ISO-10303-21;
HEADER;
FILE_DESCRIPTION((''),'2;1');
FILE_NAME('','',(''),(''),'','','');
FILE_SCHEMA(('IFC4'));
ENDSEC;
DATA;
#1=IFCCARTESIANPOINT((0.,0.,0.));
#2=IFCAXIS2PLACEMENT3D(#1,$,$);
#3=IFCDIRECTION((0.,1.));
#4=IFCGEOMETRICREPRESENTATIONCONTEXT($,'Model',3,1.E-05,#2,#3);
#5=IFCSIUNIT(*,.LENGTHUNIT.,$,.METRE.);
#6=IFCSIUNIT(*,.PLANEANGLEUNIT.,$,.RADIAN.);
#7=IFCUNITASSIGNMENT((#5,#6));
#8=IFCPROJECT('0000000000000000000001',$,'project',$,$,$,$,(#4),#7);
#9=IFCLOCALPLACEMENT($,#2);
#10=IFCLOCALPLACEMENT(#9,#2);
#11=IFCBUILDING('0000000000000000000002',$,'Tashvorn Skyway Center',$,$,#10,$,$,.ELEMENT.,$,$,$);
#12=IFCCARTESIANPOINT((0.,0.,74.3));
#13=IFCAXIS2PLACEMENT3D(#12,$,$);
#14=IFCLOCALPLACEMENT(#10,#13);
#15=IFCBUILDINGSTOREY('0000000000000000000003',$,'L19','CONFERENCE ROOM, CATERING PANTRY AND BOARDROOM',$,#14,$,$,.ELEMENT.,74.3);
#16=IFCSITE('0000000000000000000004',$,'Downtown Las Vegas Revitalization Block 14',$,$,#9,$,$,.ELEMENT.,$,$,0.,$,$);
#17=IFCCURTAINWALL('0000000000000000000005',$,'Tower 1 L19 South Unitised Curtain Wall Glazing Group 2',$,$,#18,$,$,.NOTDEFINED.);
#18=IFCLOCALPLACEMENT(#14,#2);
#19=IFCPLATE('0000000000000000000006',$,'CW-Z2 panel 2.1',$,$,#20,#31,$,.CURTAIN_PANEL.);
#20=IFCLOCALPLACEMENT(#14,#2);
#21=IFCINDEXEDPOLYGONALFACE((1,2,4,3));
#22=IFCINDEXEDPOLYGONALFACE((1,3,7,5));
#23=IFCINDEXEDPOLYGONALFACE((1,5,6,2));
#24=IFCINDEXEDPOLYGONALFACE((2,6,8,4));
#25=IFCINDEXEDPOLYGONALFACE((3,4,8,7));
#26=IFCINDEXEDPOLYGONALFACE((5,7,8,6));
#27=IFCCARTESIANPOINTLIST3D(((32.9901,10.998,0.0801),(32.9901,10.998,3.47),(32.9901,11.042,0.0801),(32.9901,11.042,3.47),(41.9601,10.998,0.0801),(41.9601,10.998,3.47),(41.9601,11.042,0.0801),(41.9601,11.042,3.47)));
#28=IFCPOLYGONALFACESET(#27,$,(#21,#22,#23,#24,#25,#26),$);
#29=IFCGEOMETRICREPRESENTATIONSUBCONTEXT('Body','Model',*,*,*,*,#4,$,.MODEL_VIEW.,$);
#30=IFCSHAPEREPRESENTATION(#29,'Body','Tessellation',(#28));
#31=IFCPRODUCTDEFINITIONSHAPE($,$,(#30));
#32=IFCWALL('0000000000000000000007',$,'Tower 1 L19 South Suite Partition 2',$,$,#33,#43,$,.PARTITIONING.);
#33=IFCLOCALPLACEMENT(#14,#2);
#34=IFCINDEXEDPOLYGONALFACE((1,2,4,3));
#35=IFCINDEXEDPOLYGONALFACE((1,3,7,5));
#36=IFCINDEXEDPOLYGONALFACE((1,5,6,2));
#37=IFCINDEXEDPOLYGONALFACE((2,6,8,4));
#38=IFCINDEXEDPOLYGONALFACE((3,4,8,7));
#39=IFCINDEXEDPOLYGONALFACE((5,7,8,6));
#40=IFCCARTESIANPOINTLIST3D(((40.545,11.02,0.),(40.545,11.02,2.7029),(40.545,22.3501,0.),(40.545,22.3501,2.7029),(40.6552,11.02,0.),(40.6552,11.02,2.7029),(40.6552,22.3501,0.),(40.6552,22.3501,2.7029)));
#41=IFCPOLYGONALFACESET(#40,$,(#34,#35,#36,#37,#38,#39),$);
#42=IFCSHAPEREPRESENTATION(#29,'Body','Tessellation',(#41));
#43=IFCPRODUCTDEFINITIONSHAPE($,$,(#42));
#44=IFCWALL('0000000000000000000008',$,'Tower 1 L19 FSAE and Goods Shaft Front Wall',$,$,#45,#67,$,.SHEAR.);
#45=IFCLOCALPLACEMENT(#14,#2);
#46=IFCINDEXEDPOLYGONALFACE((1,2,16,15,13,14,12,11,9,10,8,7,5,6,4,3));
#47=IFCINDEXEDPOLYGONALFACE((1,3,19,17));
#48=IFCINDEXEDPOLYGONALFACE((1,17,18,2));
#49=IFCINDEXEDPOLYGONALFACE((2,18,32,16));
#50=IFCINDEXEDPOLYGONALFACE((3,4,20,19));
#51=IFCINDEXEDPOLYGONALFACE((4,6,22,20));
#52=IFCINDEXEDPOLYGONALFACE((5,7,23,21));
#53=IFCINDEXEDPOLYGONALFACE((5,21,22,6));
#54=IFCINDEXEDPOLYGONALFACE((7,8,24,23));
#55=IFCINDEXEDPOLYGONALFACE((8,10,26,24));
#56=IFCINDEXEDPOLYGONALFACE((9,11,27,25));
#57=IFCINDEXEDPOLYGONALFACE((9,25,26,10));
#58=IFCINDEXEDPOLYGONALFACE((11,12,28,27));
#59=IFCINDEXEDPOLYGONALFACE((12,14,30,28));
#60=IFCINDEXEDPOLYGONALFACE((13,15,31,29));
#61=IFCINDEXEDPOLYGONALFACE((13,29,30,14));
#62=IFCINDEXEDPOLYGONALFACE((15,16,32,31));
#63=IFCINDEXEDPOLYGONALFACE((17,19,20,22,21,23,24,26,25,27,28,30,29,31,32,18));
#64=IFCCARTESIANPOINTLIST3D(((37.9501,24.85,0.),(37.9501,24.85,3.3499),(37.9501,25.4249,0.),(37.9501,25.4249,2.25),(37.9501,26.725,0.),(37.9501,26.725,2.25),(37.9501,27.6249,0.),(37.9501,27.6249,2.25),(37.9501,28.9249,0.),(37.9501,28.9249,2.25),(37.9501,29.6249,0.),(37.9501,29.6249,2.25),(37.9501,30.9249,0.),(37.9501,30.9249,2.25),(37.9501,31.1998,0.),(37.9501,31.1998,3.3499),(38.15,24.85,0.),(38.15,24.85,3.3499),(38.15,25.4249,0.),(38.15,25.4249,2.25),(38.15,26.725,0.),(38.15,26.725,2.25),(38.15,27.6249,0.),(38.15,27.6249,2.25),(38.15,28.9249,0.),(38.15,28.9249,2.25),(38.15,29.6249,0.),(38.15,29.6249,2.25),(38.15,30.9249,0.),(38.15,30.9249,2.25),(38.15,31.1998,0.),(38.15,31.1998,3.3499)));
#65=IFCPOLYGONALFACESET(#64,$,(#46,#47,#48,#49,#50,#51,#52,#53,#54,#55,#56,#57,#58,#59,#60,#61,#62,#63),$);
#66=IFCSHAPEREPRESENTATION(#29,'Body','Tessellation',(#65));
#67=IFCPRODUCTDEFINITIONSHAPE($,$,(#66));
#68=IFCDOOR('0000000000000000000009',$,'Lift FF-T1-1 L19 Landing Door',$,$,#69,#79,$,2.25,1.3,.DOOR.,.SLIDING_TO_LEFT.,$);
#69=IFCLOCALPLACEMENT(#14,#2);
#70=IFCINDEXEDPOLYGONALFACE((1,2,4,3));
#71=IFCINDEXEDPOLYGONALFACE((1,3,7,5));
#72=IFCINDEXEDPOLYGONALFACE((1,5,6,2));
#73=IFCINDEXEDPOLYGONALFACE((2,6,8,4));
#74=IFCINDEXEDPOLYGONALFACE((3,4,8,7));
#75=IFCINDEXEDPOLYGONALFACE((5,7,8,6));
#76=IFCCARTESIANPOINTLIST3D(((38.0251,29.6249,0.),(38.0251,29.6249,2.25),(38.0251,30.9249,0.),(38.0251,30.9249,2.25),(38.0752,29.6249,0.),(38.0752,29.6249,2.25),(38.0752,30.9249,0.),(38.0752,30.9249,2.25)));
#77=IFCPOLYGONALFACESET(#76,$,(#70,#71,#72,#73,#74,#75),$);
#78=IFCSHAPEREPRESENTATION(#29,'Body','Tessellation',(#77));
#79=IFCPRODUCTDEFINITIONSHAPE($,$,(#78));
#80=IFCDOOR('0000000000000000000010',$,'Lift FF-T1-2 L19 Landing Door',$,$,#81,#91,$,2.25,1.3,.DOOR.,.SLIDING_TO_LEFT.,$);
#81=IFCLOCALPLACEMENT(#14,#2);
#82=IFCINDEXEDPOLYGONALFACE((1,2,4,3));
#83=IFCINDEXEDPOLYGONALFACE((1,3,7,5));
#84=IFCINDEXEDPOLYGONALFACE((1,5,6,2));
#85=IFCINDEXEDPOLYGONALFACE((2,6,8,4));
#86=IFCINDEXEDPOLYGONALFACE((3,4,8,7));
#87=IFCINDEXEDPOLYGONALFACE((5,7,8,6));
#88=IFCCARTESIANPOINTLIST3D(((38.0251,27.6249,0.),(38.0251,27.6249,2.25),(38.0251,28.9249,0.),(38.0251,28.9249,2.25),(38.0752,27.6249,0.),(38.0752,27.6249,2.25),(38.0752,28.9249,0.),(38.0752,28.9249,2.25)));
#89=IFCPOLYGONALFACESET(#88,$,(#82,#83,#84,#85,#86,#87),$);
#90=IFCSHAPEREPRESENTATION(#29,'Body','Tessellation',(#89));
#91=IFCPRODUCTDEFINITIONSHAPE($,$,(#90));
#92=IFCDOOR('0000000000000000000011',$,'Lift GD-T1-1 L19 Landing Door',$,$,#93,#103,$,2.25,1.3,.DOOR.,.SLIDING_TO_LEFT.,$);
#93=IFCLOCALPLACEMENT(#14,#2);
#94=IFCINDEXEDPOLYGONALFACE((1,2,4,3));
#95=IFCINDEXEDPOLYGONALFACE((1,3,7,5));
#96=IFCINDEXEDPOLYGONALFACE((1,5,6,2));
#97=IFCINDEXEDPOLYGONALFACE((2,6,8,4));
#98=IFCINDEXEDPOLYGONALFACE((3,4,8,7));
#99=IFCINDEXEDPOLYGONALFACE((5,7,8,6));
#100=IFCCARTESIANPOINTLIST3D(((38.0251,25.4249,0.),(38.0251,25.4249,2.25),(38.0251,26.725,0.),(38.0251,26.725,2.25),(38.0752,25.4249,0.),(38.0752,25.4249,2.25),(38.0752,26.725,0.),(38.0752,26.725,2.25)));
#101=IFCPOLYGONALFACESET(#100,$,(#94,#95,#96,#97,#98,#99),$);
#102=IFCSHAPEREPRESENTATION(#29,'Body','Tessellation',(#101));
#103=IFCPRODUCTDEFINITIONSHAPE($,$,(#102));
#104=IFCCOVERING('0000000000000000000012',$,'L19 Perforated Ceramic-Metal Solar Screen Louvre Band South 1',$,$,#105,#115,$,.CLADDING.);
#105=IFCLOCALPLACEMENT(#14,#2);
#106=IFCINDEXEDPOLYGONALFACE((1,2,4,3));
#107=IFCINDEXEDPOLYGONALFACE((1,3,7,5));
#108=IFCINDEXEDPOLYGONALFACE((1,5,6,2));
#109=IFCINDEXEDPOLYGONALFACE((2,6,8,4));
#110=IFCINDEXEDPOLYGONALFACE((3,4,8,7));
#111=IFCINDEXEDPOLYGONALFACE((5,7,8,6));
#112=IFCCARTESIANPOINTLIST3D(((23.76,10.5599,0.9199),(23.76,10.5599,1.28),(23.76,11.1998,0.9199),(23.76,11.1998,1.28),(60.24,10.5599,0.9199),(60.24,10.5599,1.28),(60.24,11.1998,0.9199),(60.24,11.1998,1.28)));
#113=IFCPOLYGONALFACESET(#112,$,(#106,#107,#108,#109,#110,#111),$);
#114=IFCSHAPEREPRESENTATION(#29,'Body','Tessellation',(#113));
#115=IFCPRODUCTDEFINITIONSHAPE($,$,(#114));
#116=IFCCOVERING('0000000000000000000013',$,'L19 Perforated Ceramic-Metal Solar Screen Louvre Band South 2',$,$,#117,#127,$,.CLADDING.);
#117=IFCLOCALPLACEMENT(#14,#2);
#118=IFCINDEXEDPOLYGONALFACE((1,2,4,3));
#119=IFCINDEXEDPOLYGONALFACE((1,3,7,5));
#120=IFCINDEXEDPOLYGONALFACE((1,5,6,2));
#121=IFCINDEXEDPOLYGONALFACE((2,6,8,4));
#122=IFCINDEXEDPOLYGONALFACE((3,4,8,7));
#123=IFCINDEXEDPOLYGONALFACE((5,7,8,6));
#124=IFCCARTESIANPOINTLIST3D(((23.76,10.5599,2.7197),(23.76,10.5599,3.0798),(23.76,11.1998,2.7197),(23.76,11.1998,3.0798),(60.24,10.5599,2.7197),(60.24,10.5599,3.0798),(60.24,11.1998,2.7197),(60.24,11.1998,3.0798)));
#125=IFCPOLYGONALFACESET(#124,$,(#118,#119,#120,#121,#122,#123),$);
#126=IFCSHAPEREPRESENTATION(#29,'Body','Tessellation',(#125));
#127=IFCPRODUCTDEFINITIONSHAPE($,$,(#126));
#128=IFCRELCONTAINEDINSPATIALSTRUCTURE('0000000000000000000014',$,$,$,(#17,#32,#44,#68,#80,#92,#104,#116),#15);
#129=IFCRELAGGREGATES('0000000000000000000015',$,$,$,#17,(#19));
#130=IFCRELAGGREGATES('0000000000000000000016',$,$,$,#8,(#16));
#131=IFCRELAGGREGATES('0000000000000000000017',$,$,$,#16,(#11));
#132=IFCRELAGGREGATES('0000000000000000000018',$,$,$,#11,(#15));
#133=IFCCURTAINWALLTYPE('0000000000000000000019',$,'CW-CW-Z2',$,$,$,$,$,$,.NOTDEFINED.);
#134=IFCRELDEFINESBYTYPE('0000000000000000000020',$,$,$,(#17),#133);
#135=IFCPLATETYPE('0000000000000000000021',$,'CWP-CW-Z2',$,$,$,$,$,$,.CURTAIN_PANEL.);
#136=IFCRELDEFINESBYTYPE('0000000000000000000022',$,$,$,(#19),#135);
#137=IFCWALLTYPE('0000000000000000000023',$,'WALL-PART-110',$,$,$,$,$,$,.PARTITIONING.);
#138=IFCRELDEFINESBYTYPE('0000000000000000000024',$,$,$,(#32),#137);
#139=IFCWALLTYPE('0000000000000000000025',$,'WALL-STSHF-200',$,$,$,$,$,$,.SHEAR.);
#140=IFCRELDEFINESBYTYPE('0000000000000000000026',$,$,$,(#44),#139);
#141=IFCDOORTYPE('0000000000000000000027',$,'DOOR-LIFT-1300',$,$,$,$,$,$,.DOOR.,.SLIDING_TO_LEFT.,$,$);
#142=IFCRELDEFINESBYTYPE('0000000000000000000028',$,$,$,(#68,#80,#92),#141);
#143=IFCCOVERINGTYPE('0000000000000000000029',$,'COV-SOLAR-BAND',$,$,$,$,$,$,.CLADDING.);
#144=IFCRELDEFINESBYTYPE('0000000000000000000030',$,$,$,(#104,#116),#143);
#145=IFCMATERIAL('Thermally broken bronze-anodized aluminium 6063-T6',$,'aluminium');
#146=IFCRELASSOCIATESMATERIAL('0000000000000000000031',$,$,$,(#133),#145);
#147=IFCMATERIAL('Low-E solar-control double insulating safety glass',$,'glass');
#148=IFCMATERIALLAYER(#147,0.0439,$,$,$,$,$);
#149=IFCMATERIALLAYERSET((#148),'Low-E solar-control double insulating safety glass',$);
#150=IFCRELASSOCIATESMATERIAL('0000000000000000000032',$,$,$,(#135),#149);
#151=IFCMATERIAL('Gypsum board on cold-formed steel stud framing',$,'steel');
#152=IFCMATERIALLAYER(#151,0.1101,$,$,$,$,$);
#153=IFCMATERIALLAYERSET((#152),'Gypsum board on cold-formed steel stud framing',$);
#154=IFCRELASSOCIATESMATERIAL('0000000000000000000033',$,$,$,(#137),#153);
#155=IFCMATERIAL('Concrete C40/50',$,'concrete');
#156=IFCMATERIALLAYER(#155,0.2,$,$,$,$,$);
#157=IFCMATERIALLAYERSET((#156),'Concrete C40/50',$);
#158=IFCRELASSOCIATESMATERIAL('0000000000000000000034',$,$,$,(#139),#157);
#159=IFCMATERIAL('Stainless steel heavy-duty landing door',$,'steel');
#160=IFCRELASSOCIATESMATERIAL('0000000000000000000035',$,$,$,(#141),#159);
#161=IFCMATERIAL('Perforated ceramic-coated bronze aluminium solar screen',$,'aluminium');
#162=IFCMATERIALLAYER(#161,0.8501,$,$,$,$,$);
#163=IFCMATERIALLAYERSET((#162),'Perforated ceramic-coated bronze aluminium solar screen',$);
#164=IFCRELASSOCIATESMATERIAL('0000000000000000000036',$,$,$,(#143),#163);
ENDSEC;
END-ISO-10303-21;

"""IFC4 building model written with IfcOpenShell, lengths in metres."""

from ifc_helpers import new_model, si_unit, direction, frame, frame_2d, origin, origin_2d, place, context, subcontext, project, spatial, rectangle, extrude, material, layer, layer_set, type_object, element, fill, aggregate, save


model = new_model("IFC4")

# Units and contexts
model_context = context("Model", 3, precision=1e-05, world=origin(), true_north=direction((0.0, 1.0)))
body_context = subcontext(model_context, "Body", "Model", "MODEL_VIEW")
ifc_project = project(units=[si_unit("LENGTHUNIT", "METRE"), si_unit("PLANEANGLEUNIT", "RADIAN")], contexts=[model_context])

# Site, building, storey
site_placement = place(None, origin())
site = spatial("IfcSite", under=ifc_project, at=site_placement, Name="Downtown Las Vegas Revitalization Block 14", CompositionType="ELEMENT", RefElevation=0.0)
building_placement = place(site_placement, origin())
building = spatial("IfcBuilding", under=site, at=building_placement, Name="Tashvorn Skyway Center", CompositionType="ELEMENT")
storey_placement = place(building_placement, frame((0.0, 0.0, 74.3)))
storey = spatial("IfcBuildingStorey", under=building, at=storey_placement, Name="L19", Description="CONFERENCE ROOM, CATERING PANTRY AND BOARDROOM", CompositionType="ELEMENT", Elevation=74.3)

# Curtain wall, plate
ifc_material_1 = material(Name="Thermally broken bronze-anodized aluminium 6063-T6", Category="aluminium")
curtain_wall_type = type_object("IfcCurtainWallType", Name="CW-CW-Z2", PredefinedType="NOTDEFINED", material=ifc_material_1)
curtain_wall_placement = place(storey_placement, origin())
curtain_wall = element("IfcCurtainWall", 1, at=curtain_wall_placement, inside=storey, type_object=curtain_wall_type, Name="Tower 1 L19 South Unitised Curtain Wall Glazing Group 2", PredefinedType="NOTDEFINED")
ifc_material_2 = material(Name="Low-E solar-control double insulating safety glass", Category="glass")
ifc_layer_1 = layer(ifc_material_2, 0.0439)
ifc_layer_set_1 = layer_set([ifc_layer_1], Name="Low-E solar-control double insulating safety glass")
plate_type = type_object("IfcPlateType", Name="CWP-CW-Z2", PredefinedType="CURTAIN_PANEL", material=ifc_layer_set_1)
plate_1_placement = place(storey_placement, frame((37.4751, 11.02, 0.0801), z_axis=(0.0, 0.0, 1.0), x_axis=(-1.0, 0.0, 0.0)))
plate_1 = element("IfcPlate", 2, at=plate_1_placement, type_object=plate_type, Name="CW-Z2 panel 2.1", PredefinedType="CURTAIN_PANEL", context=body_context, shape_type="SweptSolid", body=[
    extrude(rectangle(XDim=8.97, YDim=0.0439, at=origin_2d()), origin(), (0.0, 0.0, 1.0), 3.3899),
])
aggregate(curtain_wall, [plate_1])

# Wall
ifc_material_3 = material(Name="Gypsum board on cold-formed steel stud framing", Category="steel")
ifc_layer_2 = layer(ifc_material_3, 0.1101)
ifc_layer_set_2 = layer_set([ifc_layer_2], Name="Gypsum board on cold-formed steel stud framing")
wall_type_1 = type_object("IfcWallType", Name="WALL-PART-110", PredefinedType="PARTITIONING", material=ifc_layer_set_2)
wall_1_placement = place(storey_placement, frame((40.6001, 11.02, 0.0), z_axis=(0.0, 0.0, 1.0), x_axis=(0.0, 1.0, 0.0)))
element("IfcWall", 3, at=wall_1_placement, inside=storey, type_object=wall_type_1, Name="Tower 1 L19 South Suite Partition 2", PredefinedType="PARTITIONING", context=body_context, shape_type="SweptSolid", body=[
    extrude(rectangle(XDim=11.3301, YDim=0.1101, at=frame_2d((5.665, 0.0))), origin(), (0.0, 0.0, 1.0), 2.7029),
])

# Wall, openings, doors
ifc_material_4 = material(Name="Concrete C40/50", Category="concrete")
ifc_layer_3 = layer(ifc_material_4, 0.2)
ifc_layer_set_3 = layer_set([ifc_layer_3], Name="Concrete C40/50")
wall_type_2 = type_object("IfcWallType", Name="WALL-STSHF-200", PredefinedType="SHEAR", material=ifc_layer_set_3)
wall_2_placement = place(storey_placement, frame((38.05, 24.8501, 0.0), z_axis=(0.0, 0.0, 1.0), x_axis=(0.0, 1.0, 0.0)))
wall_2 = element("IfcWall", 4, at=wall_2_placement, inside=storey, type_object=wall_type_2, Name="Tower 1 L19 FSAE and Goods Shaft Front Wall", PredefinedType="SHEAR", context=body_context, shape_type="SweptSolid", body=[
    extrude(rectangle(XDim=6.3499, YDim=0.2, at=frame_2d((3.1748, 0.0))), origin(), (0.0, 0.0, 1.0), 3.3499),
])
opening_1_placement = place(wall_2_placement, frame((4.7749, 0.0, 0.0)))
opening_1 = element("IfcOpeningElement", 5, at=opening_1_placement, cuts=wall_2, PredefinedType="OPENING", context=body_context, shape_type="SweptSolid", body=[
    extrude(rectangle(XDim=1.3, YDim=2.25, at=frame_2d((0.6499, 1.125))), frame((0.0, 0.1099, 0.0), z_axis=(0.0, -1.0, 0.0), x_axis=(1.0, 0.0, 0.0)), (0.0, 0.0, 1.0), 0.22),
])
opening_2_placement = place(wall_2_placement, frame((2.7749, 0.0, 0.0)))
opening_2 = element("IfcOpeningElement", 6, at=opening_2_placement, cuts=wall_2, PredefinedType="OPENING", context=body_context, shape_type="SweptSolid", body=[
    extrude(rectangle(XDim=1.3, YDim=2.25, at=frame_2d((0.6499, 1.125))), frame((0.0, 0.1099, 0.0), z_axis=(0.0, -1.0, 0.0), x_axis=(1.0, 0.0, 0.0)), (0.0, 0.0, 1.0), 0.22),
])
opening_3_placement = place(wall_2_placement, frame((0.575, 0.0, 0.0)))
opening_3 = element("IfcOpeningElement", 7, at=opening_3_placement, cuts=wall_2, PredefinedType="OPENING", context=body_context, shape_type="SweptSolid", body=[
    extrude(rectangle(XDim=1.3, YDim=2.25, at=frame_2d((0.6499, 1.125))), frame((0.0, 0.1099, 0.0), z_axis=(0.0, -1.0, 0.0), x_axis=(1.0, 0.0, 0.0)), (0.0, 0.0, 1.0), 0.22),
])
ifc_material_5 = material(Name="Stainless steel heavy-duty landing door", Category="steel")
door_type = type_object("IfcDoorType", Name="DOOR-LIFT-1300", OperationType="SLIDING_TO_LEFT", PredefinedType="DOOR", material=ifc_material_5)
door_1_placement = place(opening_1_placement, origin())
door_1 = element("IfcDoor", 8, at=door_1_placement, inside=storey, type_object=door_type, Name="Lift FF-T1-1 L19 Landing Door", OperationType="SLIDING_TO_LEFT", OverallHeight=2.25, OverallWidth=1.3, PredefinedType="DOOR", context=body_context, shape_type="SweptSolid", body=[
    extrude(rectangle(XDim=1.3, YDim=2.25, at=frame_2d((0.6499, 1.125))), frame((0.0, 0.0249, 0.0), z_axis=(0.0, -1.0, 0.0), x_axis=(1.0, 0.0, 0.0)), (0.0, 0.0, 1.0), 0.05),
])
fill(opening_1, door_1)
door_2_placement = place(opening_2_placement, origin())
door_2 = element("IfcDoor", 9, at=door_2_placement, inside=storey, type_object=door_type, Name="Lift FF-T1-2 L19 Landing Door", OperationType="SLIDING_TO_LEFT", OverallHeight=2.25, OverallWidth=1.3, PredefinedType="DOOR", context=body_context, shape_type="SweptSolid", body=[
    extrude(rectangle(XDim=1.3, YDim=2.25, at=frame_2d((0.6499, 1.125))), frame((0.0, 0.0249, 0.0), z_axis=(0.0, -1.0, 0.0), x_axis=(1.0, 0.0, 0.0)), (0.0, 0.0, 1.0), 0.05),
])
fill(opening_2, door_2)
door_3_placement = place(opening_3_placement, origin())
door_3 = element("IfcDoor", 10, at=door_3_placement, inside=storey, type_object=door_type, Name="Lift GD-T1-1 L19 Landing Door", OperationType="SLIDING_TO_LEFT", OverallHeight=2.25, OverallWidth=1.3, PredefinedType="DOOR", context=body_context, shape_type="SweptSolid", body=[
    extrude(rectangle(XDim=1.3, YDim=2.25, at=frame_2d((0.6499, 1.125))), frame((0.0, 0.0249, 0.0), z_axis=(0.0, -1.0, 0.0), x_axis=(1.0, 0.0, 0.0)), (0.0, 0.0, 1.0), 0.05),
])
fill(opening_3, door_3)

# Coverings
ifc_material_6 = material(Name="Perforated ceramic-coated bronze aluminium solar screen", Category="aluminium")
ifc_layer_4 = layer(ifc_material_6, 0.8501)
ifc_layer_set_4 = layer_set([ifc_layer_4], Name="Perforated ceramic-coated bronze aluminium solar screen")
covering_type = type_object("IfcCoveringType", Name="COV-SOLAR-BAND", PredefinedType="CLADDING", material=ifc_layer_set_4)
for number, where, z_axis, x_axis, name in (
    (11, (42.0, 10.8799, 0.9199), (0.0, 0.0, 1.0), (-1.0, 0.0, 0.0), "L19 Perforated Ceramic-Metal Solar Screen Louvre Band South 1"),
    (12, (42.0, 10.8799, 2.7197), (0.0, 0.0, 1.0), (-1.0, 0.0, 0.0), "L19 Perforated Ceramic-Metal Solar Screen Louvre Band South 2"),
):
    element("IfcCovering", number, at=place(storey_placement, frame(where, z_axis=z_axis, x_axis=x_axis)), inside=storey, type_object=covering_type, Name=name, PredefinedType="CLADDING", context=body_context, shape_type="SweptSolid", body=[
        extrude(rectangle(XDim=36.48, YDim=0.6399, at=origin_2d()), origin(), (0.0, 0.0, 1.0), 0.3601),
    ])

save(model, "model.ifc")
